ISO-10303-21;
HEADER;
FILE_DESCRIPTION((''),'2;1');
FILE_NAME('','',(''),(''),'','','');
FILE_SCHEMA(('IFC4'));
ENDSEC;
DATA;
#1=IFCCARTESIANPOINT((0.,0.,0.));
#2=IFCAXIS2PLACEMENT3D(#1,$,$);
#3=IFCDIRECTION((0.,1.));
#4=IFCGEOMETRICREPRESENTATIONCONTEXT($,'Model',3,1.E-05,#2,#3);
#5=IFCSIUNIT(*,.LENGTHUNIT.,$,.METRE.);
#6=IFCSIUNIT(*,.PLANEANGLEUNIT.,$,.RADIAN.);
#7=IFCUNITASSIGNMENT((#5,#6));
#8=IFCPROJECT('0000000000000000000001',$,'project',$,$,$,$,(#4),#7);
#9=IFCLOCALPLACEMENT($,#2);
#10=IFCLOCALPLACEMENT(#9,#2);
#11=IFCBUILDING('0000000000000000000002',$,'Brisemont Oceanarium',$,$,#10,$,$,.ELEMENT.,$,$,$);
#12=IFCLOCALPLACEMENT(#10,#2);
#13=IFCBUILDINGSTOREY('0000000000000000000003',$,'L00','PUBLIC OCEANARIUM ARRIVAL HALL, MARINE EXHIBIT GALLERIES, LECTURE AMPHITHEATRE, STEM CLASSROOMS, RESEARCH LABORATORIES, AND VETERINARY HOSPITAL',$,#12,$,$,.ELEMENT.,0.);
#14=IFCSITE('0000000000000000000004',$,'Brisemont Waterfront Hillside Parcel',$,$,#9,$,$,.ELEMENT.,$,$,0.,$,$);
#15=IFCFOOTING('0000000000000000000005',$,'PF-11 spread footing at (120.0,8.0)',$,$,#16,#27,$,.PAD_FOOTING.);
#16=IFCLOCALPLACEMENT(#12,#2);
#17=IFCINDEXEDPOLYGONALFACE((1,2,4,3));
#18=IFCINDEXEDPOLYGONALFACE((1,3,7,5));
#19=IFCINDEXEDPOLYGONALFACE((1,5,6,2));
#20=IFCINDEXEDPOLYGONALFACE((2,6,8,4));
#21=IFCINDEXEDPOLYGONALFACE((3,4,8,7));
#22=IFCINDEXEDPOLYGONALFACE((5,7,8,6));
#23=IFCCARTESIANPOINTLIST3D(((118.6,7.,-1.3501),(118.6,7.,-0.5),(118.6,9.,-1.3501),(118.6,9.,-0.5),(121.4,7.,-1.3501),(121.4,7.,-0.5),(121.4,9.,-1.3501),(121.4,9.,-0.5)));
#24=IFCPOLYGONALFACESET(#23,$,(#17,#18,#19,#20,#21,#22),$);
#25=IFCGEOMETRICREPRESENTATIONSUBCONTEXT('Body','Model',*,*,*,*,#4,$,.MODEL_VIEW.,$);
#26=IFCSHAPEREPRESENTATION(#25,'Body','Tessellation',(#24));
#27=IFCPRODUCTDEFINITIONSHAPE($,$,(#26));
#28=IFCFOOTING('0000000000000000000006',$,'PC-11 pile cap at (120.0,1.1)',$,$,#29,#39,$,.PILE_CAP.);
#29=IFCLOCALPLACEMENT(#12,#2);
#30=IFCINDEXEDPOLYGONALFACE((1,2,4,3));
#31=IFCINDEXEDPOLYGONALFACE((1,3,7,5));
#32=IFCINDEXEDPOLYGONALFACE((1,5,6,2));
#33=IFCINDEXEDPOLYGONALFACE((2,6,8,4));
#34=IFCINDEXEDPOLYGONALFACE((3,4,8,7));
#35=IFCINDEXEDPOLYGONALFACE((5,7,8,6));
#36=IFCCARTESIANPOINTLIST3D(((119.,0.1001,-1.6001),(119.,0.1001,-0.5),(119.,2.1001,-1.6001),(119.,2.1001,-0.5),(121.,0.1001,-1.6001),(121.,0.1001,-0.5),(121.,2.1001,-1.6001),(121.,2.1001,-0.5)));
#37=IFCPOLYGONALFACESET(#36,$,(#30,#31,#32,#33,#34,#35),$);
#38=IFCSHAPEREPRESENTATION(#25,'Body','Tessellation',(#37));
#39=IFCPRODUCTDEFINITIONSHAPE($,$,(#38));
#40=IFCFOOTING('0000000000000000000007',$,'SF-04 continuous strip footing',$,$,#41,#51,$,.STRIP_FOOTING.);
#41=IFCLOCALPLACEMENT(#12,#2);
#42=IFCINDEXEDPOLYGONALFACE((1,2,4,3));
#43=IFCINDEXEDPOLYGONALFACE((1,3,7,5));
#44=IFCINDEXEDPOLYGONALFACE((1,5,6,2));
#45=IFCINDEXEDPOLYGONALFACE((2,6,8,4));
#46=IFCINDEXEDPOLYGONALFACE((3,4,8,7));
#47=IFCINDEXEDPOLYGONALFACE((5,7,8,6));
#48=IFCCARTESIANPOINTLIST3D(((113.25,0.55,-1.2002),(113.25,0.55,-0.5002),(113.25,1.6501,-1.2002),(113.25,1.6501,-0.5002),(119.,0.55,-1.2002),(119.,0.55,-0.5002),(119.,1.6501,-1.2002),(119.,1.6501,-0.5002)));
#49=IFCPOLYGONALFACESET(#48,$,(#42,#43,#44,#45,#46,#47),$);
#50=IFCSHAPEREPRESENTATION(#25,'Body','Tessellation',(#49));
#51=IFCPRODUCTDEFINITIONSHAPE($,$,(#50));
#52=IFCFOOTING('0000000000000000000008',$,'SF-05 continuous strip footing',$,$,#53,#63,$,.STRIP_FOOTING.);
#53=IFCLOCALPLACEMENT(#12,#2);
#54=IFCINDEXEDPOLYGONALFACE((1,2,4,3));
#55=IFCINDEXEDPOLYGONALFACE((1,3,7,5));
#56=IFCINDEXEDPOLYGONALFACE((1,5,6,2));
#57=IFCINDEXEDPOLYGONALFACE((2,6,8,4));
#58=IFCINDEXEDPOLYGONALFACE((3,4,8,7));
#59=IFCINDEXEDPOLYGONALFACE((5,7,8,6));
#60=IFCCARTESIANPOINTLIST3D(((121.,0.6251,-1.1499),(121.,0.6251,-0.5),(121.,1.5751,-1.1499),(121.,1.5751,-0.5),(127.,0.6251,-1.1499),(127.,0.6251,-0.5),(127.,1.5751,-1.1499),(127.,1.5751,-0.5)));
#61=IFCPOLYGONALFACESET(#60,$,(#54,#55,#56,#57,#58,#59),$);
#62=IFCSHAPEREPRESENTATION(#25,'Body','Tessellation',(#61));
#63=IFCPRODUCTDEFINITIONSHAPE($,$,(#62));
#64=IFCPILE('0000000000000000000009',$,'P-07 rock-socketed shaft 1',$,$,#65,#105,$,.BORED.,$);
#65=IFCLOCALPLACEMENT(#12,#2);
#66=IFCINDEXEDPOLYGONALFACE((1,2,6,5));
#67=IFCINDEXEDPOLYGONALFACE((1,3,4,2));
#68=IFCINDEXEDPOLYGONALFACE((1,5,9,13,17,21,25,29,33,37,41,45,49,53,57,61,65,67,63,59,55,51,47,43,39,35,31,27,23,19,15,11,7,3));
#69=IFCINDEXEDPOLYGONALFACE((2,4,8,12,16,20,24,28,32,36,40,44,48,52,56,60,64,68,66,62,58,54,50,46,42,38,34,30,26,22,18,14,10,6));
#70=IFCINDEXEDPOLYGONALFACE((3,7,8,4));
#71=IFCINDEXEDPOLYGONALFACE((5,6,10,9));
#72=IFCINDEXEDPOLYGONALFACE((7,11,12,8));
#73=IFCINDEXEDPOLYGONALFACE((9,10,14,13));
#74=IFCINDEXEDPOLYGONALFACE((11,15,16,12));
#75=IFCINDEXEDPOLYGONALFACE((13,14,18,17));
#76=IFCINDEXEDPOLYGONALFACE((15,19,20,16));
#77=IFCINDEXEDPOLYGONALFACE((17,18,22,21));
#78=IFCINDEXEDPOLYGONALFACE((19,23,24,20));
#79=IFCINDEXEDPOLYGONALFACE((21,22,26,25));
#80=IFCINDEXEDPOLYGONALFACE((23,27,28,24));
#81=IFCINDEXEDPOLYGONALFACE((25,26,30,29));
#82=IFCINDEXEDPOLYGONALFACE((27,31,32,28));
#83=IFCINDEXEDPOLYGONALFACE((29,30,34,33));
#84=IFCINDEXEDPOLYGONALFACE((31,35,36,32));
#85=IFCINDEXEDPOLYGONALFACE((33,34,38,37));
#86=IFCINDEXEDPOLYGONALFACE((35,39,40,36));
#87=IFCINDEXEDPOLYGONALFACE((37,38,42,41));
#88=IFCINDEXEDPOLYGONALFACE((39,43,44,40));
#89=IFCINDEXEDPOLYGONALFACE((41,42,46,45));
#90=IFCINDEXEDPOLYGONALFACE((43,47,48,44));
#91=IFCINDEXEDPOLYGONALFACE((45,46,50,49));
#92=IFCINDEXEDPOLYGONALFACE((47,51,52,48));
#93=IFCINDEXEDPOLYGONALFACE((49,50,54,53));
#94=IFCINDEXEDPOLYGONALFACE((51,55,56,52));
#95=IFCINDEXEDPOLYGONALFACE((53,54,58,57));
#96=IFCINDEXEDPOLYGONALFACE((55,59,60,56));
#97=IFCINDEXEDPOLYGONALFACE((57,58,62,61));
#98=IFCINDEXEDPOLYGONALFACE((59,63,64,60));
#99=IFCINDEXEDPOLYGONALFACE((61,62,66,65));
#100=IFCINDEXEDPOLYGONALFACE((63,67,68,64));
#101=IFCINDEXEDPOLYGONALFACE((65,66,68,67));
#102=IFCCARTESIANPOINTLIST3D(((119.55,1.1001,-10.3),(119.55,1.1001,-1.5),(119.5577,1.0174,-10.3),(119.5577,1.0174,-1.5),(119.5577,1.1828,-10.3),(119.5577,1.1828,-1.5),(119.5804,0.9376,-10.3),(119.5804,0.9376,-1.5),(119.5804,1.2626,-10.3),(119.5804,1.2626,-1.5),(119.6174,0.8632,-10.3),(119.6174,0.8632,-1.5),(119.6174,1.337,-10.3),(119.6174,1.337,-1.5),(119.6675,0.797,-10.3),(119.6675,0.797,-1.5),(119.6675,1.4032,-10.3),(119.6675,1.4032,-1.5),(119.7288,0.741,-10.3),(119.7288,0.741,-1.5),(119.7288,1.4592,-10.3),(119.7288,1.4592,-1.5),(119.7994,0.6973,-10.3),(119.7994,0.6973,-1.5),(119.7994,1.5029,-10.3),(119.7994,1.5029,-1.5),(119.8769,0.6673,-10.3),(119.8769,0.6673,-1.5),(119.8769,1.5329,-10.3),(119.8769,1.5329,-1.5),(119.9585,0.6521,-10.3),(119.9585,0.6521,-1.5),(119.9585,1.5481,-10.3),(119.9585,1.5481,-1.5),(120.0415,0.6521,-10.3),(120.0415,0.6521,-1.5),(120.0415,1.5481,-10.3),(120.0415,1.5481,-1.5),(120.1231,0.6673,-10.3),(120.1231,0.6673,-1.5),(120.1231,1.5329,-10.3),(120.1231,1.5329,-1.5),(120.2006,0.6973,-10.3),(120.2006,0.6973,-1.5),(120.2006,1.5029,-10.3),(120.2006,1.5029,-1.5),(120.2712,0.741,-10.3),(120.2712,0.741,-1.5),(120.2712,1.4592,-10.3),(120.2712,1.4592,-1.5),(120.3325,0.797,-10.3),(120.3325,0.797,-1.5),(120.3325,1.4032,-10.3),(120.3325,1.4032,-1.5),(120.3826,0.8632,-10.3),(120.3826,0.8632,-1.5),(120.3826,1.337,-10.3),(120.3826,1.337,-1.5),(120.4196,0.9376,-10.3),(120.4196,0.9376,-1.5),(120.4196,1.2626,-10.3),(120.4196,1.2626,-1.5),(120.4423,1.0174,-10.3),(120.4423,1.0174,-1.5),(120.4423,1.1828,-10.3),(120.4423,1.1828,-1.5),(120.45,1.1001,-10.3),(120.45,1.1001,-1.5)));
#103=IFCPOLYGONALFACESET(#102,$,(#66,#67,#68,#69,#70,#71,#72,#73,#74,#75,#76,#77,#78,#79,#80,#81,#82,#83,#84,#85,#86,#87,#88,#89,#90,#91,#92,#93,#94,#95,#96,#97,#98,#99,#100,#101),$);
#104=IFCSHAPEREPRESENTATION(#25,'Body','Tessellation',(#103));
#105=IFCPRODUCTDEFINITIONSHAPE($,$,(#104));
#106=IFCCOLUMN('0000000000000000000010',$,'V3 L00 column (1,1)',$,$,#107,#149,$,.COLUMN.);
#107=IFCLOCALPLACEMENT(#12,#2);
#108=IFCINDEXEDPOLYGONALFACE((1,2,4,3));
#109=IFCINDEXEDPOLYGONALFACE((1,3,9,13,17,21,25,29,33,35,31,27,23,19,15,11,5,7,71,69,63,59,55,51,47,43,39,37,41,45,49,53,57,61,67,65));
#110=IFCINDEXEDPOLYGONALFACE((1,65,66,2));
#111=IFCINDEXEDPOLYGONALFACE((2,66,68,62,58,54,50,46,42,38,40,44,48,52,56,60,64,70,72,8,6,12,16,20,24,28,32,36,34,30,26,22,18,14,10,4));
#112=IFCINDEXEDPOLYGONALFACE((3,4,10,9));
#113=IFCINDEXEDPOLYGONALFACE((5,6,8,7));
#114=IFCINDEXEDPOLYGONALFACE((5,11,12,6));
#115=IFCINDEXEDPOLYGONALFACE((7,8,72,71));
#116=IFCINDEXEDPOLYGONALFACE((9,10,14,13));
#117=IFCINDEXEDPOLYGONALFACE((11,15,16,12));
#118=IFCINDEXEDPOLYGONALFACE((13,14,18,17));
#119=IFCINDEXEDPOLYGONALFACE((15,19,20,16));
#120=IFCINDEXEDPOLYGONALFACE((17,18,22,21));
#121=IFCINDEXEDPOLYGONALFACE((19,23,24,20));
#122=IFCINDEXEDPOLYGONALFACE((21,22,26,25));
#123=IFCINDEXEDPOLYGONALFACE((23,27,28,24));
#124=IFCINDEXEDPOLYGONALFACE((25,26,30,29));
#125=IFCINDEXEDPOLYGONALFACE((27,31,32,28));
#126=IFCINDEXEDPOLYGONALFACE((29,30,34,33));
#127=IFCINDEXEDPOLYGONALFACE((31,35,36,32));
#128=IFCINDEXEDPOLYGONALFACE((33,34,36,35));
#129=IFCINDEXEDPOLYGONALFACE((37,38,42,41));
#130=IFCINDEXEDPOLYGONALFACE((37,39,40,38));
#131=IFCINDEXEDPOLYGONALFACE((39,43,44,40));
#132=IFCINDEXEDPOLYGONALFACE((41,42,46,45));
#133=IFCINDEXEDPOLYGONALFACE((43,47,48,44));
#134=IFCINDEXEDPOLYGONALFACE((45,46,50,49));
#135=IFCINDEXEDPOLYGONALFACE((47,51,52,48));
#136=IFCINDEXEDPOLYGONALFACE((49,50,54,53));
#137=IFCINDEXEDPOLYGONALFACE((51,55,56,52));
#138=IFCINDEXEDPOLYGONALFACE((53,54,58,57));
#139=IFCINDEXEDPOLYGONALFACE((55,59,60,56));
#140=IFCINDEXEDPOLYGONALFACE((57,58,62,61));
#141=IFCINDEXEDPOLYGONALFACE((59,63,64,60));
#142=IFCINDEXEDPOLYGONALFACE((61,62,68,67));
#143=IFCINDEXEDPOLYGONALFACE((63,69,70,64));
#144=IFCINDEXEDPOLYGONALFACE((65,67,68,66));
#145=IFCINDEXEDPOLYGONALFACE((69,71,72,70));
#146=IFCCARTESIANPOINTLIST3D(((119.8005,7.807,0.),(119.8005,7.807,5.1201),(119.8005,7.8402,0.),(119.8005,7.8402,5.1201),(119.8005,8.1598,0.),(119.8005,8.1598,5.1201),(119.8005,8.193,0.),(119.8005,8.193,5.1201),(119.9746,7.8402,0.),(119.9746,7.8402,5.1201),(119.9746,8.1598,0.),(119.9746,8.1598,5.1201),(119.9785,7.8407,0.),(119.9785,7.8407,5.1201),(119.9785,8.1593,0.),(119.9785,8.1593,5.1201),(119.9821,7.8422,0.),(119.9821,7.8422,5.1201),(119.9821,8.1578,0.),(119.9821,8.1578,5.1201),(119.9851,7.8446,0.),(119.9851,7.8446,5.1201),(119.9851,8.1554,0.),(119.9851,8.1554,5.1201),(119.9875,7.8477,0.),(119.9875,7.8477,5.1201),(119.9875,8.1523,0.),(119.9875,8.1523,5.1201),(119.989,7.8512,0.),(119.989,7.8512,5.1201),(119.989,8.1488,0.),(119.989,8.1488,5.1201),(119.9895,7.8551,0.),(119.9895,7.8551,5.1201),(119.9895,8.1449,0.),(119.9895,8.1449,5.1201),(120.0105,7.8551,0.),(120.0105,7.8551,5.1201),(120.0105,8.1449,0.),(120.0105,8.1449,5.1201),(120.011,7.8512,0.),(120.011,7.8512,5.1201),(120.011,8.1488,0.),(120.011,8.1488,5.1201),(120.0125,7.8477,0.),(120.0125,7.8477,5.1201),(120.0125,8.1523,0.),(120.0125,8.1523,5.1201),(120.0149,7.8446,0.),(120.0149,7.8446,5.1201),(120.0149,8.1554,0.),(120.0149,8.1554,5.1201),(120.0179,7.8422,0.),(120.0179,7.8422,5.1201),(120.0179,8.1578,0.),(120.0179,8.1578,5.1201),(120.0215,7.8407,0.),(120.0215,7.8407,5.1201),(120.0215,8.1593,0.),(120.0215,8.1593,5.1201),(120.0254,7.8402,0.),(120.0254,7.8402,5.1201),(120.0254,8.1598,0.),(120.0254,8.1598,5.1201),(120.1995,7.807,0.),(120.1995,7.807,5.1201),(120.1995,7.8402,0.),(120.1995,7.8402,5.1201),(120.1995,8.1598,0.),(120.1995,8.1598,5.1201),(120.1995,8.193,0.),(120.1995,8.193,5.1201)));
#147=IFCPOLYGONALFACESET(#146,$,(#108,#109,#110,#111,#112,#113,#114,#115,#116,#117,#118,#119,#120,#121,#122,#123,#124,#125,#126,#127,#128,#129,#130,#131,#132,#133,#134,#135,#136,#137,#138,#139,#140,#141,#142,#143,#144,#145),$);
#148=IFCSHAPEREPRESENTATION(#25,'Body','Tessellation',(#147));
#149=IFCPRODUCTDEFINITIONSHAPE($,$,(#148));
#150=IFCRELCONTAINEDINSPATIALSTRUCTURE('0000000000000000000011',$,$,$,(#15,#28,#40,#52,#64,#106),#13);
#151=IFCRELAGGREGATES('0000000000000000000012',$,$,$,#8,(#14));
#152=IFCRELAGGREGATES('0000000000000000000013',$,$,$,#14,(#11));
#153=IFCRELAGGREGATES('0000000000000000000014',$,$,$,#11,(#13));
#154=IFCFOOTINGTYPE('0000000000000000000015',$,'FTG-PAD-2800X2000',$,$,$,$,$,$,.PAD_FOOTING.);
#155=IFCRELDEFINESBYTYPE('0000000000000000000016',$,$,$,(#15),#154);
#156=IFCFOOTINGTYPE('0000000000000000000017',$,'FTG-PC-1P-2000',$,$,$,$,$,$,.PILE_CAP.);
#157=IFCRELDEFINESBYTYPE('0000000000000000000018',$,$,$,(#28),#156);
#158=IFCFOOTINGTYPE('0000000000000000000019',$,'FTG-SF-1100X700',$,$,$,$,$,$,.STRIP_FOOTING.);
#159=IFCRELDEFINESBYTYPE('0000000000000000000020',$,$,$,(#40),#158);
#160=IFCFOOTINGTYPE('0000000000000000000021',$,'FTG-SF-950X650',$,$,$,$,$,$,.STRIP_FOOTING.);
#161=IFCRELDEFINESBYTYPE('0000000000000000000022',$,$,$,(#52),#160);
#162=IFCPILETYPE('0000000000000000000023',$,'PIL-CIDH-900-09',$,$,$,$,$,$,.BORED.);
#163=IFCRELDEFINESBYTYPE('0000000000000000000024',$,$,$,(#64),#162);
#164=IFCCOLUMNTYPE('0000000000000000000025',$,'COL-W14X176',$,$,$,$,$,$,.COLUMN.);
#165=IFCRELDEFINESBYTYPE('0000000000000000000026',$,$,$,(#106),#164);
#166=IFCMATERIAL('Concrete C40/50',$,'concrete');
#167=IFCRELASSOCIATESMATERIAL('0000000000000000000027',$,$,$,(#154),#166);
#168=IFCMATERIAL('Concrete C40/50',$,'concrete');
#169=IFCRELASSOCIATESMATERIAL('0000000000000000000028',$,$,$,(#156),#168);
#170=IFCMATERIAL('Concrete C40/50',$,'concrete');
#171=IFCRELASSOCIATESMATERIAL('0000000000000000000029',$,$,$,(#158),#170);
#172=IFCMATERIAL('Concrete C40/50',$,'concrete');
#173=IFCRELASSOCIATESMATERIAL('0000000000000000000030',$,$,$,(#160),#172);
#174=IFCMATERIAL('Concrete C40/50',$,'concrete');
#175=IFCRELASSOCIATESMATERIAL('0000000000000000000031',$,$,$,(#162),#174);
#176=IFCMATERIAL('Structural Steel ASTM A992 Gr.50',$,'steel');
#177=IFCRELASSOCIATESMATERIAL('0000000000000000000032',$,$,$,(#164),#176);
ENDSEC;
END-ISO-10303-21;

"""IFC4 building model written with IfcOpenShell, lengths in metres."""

from ifc_helpers import new_model, si_unit, direction, frame, origin, origin_2d, place, context, subcontext, project, spatial, rectangle, circle, i_section, extrude, material, material_profile, profile_set, type_object, element, save


model = new_model("IFC4")

# Units and contexts
model_context = context("Model", 3, precision=1e-05, world=origin(), true_north=direction((0.0, 1.0)))
body_context = subcontext(model_context, "Body", "Model", "MODEL_VIEW")
ifc_project = project(units=[si_unit("LENGTHUNIT", "METRE"), si_unit("PLANEANGLEUNIT", "RADIAN")], contexts=[model_context])

# Site, building, storey
site_placement = place(None, origin())
site = spatial("IfcSite", under=ifc_project, at=site_placement, Name="Brisemont Waterfront Hillside Parcel", CompositionType="ELEMENT", RefElevation=0.0)
building_placement = place(site_placement, origin())
building = spatial("IfcBuilding", under=site, at=building_placement, Name="Brisemont Oceanarium", CompositionType="ELEMENT")
storey_placement = place(building_placement, origin())
storey = spatial("IfcBuildingStorey", under=building, at=storey_placement, Name="L00", Description="PUBLIC OCEANARIUM ARRIVAL HALL, MARINE EXHIBIT GALLERIES, LECTURE AMPHITHEATRE, STEM CLASSROOMS, RESEARCH LABORATORIES, AND VETERINARY HOSPITAL", CompositionType="ELEMENT", Elevation=0.0)

# Footings
ifc_material_1 = material(Name="Concrete C40/50", Category="concrete")
footing_type_1 = type_object("IfcFootingType", Name="FTG-PAD-2800X2000", PredefinedType="PAD_FOOTING", material=ifc_material_1)
footing_1_placement = place(storey_placement, frame((120.0, 8.0, -1.3501), z_axis=(0.0, 0.0, 1.0), x_axis=(1.0, 0.0, 0.0)))
element("IfcFooting", 1, at=footing_1_placement, inside=storey, type_object=footing_type_1, Name="PF-11 spread footing at (120.0,8.0)", PredefinedType="PAD_FOOTING", context=body_context, shape_type="SweptSolid", body=[
    extrude(rectangle(XDim=2.8, YDim=2.0, at=origin_2d()), origin(), (0.0, 0.0, 1.0), 0.8501),
])
ifc_material_2 = material(Name="Concrete C40/50", Category="concrete")
footing_type_2 = type_object("IfcFootingType", Name="FTG-PC-1P-2000", PredefinedType="PILE_CAP", material=ifc_material_2)
footing_2_placement = place(storey_placement, frame((120.0, 1.1001, -1.6001), z_axis=(0.0, 0.0, 1.0), x_axis=(1.0, 0.0, 0.0)))
element("IfcFooting", 2, at=footing_2_placement, inside=storey, type_object=footing_type_2, Name="PC-11 pile cap at (120.0,1.1)", PredefinedType="PILE_CAP", context=body_context, shape_type="SweptSolid", body=[
    extrude(rectangle(XDim=2.0, YDim=2.0, at=origin_2d()), origin(), (0.0, 0.0, 1.0), 1.1001),
])
ifc_material_3 = material(Name="Concrete C40/50", Category="concrete")
footing_type_3 = type_object("IfcFootingType", Name="FTG-SF-1100X700", PredefinedType="STRIP_FOOTING", material=ifc_material_3)
footing_3_placement = place(storey_placement, frame((116.125, 1.1001, -1.2002), z_axis=(0.0, 0.0, 1.0), x_axis=(1.0, 0.0, 0.0)))
element("IfcFooting", 3, at=footing_3_placement, inside=storey, type_object=footing_type_3, Name="SF-04 continuous strip footing", PredefinedType="STRIP_FOOTING", context=body_context, shape_type="SweptSolid", body=[
    extrude(rectangle(XDim=5.75, YDim=1.1001, at=origin_2d()), origin(), (0.0, 0.0, 1.0), 0.7),
])
ifc_material_4 = material(Name="Concrete C40/50", Category="concrete")
footing_type_4 = type_object("IfcFootingType", Name="FTG-SF-950X650", PredefinedType="STRIP_FOOTING", material=ifc_material_4)
footing_4_placement = place(storey_placement, frame((124.0, 1.1001, -1.1499), z_axis=(0.0, 0.0, 1.0), x_axis=(1.0, 0.0, 0.0)))
element("IfcFooting", 4, at=footing_4_placement, inside=storey, type_object=footing_type_4, Name="SF-05 continuous strip footing", PredefinedType="STRIP_FOOTING", context=body_context, shape_type="SweptSolid", body=[
    extrude(rectangle(XDim=6.0, YDim=0.95, at=origin_2d()), origin(), (0.0, 0.0, 1.0), 0.6499),
])

# Pile
ifc_material_5 = material(Name="Concrete C40/50", Category="concrete")
ifc_material_profile_1 = material_profile(ifc_material_5, circle(Radius=0.45, at=origin_2d()), Name="CIDH-D900")
ifc_profile_set_1 = profile_set([ifc_material_profile_1], Name="Concrete C40/50")
pile_type = type_object("IfcPileType", Name="PIL-CIDH-900-09", PredefinedType="BORED", material=ifc_profile_set_1)
pile_placement = place(storey_placement, frame((120.0, 1.1001, -1.5), z_axis=(0.0, 0.0, -1.0), x_axis=(1.0, 0.0, 0.0)))
element("IfcPile", 5, at=pile_placement, inside=storey, type_object=pile_type, Name="P-07 rock-socketed shaft 1", PredefinedType="BORED", context=body_context, shape_type="SweptSolid", body=[
    extrude(circle(Radius=0.45, at=origin_2d()), origin(), (0.0, 0.0, 1.0), 8.8),
])

# Column
ifc_material_6 = material(Name="Structural Steel ASTM A992 Gr.50", Category="steel")
ifc_material_profile_2 = material_profile(ifc_material_6, i_section(OverallWidth=0.3989, OverallDepth=0.386, WebThickness=0.021, FlangeThickness=0.0332, FilletRadius=0.0149, at=origin_2d()), Name="W14X176")
ifc_profile_set_2 = profile_set([ifc_material_profile_2], Name="Structural Steel ASTM A992 Gr.50")
column_type_1 = type_object("IfcColumnType", Name="COL-W14X176", PredefinedType="COLUMN", material=ifc_profile_set_2)
column_1_placement = place(storey_placement, frame((120.0, 8.0, 0.0), z_axis=(0.0, 0.0, 1.0), x_axis=(1.0, 0.0, 0.0)))
element("IfcColumn", 6, at=column_1_placement, inside=storey, type_object=column_type_1, Name="V3 L00 column (1,1)", PredefinedType="COLUMN", context=body_context, shape_type="SweptSolid", body=[
    extrude(i_section(OverallWidth=0.3989, OverallDepth=0.386, WebThickness=0.021, FlangeThickness=0.0332, FilletRadius=0.0149, at=origin_2d()), origin(), (0.0, 0.0, 1.0), 5.1201),
])

save(model, "model.ifc")
